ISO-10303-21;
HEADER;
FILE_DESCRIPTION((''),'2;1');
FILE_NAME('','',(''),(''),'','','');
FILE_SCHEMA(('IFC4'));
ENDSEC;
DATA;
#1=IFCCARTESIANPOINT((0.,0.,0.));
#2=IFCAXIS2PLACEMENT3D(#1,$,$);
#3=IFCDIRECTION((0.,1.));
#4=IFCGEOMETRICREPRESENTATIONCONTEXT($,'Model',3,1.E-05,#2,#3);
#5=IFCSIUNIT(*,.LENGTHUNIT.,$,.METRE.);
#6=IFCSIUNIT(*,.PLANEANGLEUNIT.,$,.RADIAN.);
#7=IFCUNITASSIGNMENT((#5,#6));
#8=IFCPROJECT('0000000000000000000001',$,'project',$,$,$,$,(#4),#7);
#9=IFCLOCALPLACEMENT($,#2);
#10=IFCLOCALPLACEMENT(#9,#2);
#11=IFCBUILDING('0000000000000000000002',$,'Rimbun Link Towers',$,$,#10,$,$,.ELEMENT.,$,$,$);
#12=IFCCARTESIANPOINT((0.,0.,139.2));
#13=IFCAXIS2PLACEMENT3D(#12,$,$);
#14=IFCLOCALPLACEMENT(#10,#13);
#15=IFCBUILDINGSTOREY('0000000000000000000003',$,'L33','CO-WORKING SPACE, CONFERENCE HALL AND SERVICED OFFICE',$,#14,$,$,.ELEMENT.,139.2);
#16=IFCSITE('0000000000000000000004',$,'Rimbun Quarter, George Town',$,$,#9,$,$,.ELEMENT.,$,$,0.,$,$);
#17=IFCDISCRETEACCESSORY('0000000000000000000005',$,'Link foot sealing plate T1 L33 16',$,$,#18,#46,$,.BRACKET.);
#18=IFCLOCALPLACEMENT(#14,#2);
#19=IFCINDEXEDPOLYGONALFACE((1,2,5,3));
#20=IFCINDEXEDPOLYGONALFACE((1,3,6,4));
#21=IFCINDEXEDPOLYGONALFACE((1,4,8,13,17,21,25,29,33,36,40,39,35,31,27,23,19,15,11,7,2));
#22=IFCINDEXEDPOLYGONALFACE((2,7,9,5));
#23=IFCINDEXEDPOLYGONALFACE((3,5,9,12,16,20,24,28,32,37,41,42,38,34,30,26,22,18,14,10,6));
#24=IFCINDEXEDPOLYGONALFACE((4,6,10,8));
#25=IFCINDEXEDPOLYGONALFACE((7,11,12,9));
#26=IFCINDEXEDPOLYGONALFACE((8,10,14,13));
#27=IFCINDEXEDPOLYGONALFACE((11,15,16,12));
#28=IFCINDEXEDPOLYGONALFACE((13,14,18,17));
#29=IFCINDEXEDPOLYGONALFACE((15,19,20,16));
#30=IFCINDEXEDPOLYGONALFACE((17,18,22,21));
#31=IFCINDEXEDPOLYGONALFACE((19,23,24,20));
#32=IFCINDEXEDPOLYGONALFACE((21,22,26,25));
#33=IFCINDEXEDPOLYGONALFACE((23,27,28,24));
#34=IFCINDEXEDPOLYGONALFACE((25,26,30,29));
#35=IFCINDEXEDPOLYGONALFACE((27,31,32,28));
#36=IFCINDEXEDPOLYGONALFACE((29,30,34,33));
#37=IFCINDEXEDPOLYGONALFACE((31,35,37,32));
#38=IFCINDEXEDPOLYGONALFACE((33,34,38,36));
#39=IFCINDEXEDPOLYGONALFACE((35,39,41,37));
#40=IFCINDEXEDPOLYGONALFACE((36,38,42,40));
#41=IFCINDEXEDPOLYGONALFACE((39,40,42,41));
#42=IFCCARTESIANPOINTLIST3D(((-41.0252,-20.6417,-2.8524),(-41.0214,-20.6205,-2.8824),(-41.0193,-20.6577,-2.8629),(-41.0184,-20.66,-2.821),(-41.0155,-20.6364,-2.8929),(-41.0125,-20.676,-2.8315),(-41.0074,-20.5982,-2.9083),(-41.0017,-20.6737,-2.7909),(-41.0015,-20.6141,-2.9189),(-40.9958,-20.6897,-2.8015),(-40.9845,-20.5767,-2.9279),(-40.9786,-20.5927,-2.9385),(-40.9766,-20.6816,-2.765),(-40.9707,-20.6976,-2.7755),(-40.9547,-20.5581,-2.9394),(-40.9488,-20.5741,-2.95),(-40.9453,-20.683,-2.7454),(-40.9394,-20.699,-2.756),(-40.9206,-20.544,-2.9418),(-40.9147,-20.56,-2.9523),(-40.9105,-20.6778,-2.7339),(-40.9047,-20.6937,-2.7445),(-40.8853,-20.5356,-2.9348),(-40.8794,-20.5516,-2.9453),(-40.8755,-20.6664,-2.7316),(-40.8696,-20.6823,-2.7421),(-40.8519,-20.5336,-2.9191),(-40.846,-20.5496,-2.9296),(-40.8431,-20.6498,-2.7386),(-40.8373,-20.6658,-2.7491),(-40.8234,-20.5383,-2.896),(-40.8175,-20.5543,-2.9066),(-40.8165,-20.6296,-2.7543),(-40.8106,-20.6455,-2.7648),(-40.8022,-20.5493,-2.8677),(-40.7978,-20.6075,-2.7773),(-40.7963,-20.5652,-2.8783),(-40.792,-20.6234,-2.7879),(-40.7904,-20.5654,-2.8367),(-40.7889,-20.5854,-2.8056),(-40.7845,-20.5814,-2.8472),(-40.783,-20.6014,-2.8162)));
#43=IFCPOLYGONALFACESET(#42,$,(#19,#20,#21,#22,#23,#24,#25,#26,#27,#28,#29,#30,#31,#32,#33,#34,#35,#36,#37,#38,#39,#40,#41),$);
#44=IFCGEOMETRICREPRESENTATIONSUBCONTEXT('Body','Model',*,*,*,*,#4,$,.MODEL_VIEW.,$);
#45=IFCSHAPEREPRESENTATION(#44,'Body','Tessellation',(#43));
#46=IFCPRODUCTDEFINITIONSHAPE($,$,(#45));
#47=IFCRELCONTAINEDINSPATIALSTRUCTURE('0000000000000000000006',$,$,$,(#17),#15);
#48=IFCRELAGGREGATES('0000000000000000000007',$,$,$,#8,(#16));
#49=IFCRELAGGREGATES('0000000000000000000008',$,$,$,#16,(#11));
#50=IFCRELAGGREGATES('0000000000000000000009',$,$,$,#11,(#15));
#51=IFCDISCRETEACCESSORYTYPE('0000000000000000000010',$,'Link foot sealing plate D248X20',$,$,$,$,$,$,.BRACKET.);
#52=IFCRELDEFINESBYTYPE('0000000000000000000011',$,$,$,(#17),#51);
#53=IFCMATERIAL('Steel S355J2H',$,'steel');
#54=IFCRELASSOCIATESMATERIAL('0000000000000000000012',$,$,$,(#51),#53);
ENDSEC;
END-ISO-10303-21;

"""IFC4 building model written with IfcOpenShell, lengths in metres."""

from ifc_helpers import new_model, si_unit, direction, frame, origin, origin_2d, place, context, subcontext, project, spatial, circle, extrude, material, material_profile, profile_set, type_object, element, save


model = new_model("IFC4")

# Units and contexts
model_context = context("Model", 3, precision=1e-05, world=origin(), true_north=direction((0.0, 1.0)))
body_context = subcontext(model_context, "Body", "Model", "MODEL_VIEW")
ifc_project = project(units=[si_unit("LENGTHUNIT", "METRE"), si_unit("PLANEANGLEUNIT", "RADIAN")], contexts=[model_context])

# Site, building, storey
site_placement = place(None, origin())
site = spatial("IfcSite", under=ifc_project, at=site_placement, Name="Rimbun Quarter, George Town", CompositionType="ELEMENT", RefElevation=0.0)
building_placement = place(site_placement, origin())
building = spatial("IfcBuilding", under=site, at=building_placement, Name="Rimbun Link Towers", CompositionType="ELEMENT")
storey_placement = place(building_placement, frame((0.0, 0.0, 139.2)))
storey = spatial("IfcBuildingStorey", under=building, at=storey_placement, Name="L33", Description="CO-WORKING SPACE, CONFERENCE HALL AND SERVICED OFFICE", CompositionType="ELEMENT", Elevation=139.2)

# Discrete accessory
ifc_material_1 = material(Name="Steel S355J2H", Category="steel")
ifc_material_profile_1 = material_profile(ifc_material_1, circle(Radius=0.124, at=origin_2d()), Name="PL D248")
ifc_profile_set_1 = profile_set([ifc_material_profile_1], Name="Steel S355J2H")
discrete_accessory_type = type_object("IfcDiscreteAccessoryType", Name="Link foot sealing plate D248X20", PredefinedType="BRACKET", material=ifc_profile_set_1)
for number, where, z_axis, x_axis, name in (
    (1, (-40.9067, -20.6084, -2.8367), (0.294307, -0.797081, -0.5273), (0.938096, 0.346374, 0.0), "Link foot sealing plate T1 L33 16"),
):
    element("IfcDiscreteAccessory", number, at=place(storey_placement, frame(where, z_axis=z_axis, x_axis=x_axis)), inside=storey, type_object=discrete_accessory_type, Name=name, PredefinedType="BRACKET", context=body_context, shape_type="SweptSolid", body=[
        extrude(circle(Radius=0.124, at=origin_2d()), origin(), (0.0, 0.0, 1.0), 0.02),
    ])

save(model, "model.ifc")
